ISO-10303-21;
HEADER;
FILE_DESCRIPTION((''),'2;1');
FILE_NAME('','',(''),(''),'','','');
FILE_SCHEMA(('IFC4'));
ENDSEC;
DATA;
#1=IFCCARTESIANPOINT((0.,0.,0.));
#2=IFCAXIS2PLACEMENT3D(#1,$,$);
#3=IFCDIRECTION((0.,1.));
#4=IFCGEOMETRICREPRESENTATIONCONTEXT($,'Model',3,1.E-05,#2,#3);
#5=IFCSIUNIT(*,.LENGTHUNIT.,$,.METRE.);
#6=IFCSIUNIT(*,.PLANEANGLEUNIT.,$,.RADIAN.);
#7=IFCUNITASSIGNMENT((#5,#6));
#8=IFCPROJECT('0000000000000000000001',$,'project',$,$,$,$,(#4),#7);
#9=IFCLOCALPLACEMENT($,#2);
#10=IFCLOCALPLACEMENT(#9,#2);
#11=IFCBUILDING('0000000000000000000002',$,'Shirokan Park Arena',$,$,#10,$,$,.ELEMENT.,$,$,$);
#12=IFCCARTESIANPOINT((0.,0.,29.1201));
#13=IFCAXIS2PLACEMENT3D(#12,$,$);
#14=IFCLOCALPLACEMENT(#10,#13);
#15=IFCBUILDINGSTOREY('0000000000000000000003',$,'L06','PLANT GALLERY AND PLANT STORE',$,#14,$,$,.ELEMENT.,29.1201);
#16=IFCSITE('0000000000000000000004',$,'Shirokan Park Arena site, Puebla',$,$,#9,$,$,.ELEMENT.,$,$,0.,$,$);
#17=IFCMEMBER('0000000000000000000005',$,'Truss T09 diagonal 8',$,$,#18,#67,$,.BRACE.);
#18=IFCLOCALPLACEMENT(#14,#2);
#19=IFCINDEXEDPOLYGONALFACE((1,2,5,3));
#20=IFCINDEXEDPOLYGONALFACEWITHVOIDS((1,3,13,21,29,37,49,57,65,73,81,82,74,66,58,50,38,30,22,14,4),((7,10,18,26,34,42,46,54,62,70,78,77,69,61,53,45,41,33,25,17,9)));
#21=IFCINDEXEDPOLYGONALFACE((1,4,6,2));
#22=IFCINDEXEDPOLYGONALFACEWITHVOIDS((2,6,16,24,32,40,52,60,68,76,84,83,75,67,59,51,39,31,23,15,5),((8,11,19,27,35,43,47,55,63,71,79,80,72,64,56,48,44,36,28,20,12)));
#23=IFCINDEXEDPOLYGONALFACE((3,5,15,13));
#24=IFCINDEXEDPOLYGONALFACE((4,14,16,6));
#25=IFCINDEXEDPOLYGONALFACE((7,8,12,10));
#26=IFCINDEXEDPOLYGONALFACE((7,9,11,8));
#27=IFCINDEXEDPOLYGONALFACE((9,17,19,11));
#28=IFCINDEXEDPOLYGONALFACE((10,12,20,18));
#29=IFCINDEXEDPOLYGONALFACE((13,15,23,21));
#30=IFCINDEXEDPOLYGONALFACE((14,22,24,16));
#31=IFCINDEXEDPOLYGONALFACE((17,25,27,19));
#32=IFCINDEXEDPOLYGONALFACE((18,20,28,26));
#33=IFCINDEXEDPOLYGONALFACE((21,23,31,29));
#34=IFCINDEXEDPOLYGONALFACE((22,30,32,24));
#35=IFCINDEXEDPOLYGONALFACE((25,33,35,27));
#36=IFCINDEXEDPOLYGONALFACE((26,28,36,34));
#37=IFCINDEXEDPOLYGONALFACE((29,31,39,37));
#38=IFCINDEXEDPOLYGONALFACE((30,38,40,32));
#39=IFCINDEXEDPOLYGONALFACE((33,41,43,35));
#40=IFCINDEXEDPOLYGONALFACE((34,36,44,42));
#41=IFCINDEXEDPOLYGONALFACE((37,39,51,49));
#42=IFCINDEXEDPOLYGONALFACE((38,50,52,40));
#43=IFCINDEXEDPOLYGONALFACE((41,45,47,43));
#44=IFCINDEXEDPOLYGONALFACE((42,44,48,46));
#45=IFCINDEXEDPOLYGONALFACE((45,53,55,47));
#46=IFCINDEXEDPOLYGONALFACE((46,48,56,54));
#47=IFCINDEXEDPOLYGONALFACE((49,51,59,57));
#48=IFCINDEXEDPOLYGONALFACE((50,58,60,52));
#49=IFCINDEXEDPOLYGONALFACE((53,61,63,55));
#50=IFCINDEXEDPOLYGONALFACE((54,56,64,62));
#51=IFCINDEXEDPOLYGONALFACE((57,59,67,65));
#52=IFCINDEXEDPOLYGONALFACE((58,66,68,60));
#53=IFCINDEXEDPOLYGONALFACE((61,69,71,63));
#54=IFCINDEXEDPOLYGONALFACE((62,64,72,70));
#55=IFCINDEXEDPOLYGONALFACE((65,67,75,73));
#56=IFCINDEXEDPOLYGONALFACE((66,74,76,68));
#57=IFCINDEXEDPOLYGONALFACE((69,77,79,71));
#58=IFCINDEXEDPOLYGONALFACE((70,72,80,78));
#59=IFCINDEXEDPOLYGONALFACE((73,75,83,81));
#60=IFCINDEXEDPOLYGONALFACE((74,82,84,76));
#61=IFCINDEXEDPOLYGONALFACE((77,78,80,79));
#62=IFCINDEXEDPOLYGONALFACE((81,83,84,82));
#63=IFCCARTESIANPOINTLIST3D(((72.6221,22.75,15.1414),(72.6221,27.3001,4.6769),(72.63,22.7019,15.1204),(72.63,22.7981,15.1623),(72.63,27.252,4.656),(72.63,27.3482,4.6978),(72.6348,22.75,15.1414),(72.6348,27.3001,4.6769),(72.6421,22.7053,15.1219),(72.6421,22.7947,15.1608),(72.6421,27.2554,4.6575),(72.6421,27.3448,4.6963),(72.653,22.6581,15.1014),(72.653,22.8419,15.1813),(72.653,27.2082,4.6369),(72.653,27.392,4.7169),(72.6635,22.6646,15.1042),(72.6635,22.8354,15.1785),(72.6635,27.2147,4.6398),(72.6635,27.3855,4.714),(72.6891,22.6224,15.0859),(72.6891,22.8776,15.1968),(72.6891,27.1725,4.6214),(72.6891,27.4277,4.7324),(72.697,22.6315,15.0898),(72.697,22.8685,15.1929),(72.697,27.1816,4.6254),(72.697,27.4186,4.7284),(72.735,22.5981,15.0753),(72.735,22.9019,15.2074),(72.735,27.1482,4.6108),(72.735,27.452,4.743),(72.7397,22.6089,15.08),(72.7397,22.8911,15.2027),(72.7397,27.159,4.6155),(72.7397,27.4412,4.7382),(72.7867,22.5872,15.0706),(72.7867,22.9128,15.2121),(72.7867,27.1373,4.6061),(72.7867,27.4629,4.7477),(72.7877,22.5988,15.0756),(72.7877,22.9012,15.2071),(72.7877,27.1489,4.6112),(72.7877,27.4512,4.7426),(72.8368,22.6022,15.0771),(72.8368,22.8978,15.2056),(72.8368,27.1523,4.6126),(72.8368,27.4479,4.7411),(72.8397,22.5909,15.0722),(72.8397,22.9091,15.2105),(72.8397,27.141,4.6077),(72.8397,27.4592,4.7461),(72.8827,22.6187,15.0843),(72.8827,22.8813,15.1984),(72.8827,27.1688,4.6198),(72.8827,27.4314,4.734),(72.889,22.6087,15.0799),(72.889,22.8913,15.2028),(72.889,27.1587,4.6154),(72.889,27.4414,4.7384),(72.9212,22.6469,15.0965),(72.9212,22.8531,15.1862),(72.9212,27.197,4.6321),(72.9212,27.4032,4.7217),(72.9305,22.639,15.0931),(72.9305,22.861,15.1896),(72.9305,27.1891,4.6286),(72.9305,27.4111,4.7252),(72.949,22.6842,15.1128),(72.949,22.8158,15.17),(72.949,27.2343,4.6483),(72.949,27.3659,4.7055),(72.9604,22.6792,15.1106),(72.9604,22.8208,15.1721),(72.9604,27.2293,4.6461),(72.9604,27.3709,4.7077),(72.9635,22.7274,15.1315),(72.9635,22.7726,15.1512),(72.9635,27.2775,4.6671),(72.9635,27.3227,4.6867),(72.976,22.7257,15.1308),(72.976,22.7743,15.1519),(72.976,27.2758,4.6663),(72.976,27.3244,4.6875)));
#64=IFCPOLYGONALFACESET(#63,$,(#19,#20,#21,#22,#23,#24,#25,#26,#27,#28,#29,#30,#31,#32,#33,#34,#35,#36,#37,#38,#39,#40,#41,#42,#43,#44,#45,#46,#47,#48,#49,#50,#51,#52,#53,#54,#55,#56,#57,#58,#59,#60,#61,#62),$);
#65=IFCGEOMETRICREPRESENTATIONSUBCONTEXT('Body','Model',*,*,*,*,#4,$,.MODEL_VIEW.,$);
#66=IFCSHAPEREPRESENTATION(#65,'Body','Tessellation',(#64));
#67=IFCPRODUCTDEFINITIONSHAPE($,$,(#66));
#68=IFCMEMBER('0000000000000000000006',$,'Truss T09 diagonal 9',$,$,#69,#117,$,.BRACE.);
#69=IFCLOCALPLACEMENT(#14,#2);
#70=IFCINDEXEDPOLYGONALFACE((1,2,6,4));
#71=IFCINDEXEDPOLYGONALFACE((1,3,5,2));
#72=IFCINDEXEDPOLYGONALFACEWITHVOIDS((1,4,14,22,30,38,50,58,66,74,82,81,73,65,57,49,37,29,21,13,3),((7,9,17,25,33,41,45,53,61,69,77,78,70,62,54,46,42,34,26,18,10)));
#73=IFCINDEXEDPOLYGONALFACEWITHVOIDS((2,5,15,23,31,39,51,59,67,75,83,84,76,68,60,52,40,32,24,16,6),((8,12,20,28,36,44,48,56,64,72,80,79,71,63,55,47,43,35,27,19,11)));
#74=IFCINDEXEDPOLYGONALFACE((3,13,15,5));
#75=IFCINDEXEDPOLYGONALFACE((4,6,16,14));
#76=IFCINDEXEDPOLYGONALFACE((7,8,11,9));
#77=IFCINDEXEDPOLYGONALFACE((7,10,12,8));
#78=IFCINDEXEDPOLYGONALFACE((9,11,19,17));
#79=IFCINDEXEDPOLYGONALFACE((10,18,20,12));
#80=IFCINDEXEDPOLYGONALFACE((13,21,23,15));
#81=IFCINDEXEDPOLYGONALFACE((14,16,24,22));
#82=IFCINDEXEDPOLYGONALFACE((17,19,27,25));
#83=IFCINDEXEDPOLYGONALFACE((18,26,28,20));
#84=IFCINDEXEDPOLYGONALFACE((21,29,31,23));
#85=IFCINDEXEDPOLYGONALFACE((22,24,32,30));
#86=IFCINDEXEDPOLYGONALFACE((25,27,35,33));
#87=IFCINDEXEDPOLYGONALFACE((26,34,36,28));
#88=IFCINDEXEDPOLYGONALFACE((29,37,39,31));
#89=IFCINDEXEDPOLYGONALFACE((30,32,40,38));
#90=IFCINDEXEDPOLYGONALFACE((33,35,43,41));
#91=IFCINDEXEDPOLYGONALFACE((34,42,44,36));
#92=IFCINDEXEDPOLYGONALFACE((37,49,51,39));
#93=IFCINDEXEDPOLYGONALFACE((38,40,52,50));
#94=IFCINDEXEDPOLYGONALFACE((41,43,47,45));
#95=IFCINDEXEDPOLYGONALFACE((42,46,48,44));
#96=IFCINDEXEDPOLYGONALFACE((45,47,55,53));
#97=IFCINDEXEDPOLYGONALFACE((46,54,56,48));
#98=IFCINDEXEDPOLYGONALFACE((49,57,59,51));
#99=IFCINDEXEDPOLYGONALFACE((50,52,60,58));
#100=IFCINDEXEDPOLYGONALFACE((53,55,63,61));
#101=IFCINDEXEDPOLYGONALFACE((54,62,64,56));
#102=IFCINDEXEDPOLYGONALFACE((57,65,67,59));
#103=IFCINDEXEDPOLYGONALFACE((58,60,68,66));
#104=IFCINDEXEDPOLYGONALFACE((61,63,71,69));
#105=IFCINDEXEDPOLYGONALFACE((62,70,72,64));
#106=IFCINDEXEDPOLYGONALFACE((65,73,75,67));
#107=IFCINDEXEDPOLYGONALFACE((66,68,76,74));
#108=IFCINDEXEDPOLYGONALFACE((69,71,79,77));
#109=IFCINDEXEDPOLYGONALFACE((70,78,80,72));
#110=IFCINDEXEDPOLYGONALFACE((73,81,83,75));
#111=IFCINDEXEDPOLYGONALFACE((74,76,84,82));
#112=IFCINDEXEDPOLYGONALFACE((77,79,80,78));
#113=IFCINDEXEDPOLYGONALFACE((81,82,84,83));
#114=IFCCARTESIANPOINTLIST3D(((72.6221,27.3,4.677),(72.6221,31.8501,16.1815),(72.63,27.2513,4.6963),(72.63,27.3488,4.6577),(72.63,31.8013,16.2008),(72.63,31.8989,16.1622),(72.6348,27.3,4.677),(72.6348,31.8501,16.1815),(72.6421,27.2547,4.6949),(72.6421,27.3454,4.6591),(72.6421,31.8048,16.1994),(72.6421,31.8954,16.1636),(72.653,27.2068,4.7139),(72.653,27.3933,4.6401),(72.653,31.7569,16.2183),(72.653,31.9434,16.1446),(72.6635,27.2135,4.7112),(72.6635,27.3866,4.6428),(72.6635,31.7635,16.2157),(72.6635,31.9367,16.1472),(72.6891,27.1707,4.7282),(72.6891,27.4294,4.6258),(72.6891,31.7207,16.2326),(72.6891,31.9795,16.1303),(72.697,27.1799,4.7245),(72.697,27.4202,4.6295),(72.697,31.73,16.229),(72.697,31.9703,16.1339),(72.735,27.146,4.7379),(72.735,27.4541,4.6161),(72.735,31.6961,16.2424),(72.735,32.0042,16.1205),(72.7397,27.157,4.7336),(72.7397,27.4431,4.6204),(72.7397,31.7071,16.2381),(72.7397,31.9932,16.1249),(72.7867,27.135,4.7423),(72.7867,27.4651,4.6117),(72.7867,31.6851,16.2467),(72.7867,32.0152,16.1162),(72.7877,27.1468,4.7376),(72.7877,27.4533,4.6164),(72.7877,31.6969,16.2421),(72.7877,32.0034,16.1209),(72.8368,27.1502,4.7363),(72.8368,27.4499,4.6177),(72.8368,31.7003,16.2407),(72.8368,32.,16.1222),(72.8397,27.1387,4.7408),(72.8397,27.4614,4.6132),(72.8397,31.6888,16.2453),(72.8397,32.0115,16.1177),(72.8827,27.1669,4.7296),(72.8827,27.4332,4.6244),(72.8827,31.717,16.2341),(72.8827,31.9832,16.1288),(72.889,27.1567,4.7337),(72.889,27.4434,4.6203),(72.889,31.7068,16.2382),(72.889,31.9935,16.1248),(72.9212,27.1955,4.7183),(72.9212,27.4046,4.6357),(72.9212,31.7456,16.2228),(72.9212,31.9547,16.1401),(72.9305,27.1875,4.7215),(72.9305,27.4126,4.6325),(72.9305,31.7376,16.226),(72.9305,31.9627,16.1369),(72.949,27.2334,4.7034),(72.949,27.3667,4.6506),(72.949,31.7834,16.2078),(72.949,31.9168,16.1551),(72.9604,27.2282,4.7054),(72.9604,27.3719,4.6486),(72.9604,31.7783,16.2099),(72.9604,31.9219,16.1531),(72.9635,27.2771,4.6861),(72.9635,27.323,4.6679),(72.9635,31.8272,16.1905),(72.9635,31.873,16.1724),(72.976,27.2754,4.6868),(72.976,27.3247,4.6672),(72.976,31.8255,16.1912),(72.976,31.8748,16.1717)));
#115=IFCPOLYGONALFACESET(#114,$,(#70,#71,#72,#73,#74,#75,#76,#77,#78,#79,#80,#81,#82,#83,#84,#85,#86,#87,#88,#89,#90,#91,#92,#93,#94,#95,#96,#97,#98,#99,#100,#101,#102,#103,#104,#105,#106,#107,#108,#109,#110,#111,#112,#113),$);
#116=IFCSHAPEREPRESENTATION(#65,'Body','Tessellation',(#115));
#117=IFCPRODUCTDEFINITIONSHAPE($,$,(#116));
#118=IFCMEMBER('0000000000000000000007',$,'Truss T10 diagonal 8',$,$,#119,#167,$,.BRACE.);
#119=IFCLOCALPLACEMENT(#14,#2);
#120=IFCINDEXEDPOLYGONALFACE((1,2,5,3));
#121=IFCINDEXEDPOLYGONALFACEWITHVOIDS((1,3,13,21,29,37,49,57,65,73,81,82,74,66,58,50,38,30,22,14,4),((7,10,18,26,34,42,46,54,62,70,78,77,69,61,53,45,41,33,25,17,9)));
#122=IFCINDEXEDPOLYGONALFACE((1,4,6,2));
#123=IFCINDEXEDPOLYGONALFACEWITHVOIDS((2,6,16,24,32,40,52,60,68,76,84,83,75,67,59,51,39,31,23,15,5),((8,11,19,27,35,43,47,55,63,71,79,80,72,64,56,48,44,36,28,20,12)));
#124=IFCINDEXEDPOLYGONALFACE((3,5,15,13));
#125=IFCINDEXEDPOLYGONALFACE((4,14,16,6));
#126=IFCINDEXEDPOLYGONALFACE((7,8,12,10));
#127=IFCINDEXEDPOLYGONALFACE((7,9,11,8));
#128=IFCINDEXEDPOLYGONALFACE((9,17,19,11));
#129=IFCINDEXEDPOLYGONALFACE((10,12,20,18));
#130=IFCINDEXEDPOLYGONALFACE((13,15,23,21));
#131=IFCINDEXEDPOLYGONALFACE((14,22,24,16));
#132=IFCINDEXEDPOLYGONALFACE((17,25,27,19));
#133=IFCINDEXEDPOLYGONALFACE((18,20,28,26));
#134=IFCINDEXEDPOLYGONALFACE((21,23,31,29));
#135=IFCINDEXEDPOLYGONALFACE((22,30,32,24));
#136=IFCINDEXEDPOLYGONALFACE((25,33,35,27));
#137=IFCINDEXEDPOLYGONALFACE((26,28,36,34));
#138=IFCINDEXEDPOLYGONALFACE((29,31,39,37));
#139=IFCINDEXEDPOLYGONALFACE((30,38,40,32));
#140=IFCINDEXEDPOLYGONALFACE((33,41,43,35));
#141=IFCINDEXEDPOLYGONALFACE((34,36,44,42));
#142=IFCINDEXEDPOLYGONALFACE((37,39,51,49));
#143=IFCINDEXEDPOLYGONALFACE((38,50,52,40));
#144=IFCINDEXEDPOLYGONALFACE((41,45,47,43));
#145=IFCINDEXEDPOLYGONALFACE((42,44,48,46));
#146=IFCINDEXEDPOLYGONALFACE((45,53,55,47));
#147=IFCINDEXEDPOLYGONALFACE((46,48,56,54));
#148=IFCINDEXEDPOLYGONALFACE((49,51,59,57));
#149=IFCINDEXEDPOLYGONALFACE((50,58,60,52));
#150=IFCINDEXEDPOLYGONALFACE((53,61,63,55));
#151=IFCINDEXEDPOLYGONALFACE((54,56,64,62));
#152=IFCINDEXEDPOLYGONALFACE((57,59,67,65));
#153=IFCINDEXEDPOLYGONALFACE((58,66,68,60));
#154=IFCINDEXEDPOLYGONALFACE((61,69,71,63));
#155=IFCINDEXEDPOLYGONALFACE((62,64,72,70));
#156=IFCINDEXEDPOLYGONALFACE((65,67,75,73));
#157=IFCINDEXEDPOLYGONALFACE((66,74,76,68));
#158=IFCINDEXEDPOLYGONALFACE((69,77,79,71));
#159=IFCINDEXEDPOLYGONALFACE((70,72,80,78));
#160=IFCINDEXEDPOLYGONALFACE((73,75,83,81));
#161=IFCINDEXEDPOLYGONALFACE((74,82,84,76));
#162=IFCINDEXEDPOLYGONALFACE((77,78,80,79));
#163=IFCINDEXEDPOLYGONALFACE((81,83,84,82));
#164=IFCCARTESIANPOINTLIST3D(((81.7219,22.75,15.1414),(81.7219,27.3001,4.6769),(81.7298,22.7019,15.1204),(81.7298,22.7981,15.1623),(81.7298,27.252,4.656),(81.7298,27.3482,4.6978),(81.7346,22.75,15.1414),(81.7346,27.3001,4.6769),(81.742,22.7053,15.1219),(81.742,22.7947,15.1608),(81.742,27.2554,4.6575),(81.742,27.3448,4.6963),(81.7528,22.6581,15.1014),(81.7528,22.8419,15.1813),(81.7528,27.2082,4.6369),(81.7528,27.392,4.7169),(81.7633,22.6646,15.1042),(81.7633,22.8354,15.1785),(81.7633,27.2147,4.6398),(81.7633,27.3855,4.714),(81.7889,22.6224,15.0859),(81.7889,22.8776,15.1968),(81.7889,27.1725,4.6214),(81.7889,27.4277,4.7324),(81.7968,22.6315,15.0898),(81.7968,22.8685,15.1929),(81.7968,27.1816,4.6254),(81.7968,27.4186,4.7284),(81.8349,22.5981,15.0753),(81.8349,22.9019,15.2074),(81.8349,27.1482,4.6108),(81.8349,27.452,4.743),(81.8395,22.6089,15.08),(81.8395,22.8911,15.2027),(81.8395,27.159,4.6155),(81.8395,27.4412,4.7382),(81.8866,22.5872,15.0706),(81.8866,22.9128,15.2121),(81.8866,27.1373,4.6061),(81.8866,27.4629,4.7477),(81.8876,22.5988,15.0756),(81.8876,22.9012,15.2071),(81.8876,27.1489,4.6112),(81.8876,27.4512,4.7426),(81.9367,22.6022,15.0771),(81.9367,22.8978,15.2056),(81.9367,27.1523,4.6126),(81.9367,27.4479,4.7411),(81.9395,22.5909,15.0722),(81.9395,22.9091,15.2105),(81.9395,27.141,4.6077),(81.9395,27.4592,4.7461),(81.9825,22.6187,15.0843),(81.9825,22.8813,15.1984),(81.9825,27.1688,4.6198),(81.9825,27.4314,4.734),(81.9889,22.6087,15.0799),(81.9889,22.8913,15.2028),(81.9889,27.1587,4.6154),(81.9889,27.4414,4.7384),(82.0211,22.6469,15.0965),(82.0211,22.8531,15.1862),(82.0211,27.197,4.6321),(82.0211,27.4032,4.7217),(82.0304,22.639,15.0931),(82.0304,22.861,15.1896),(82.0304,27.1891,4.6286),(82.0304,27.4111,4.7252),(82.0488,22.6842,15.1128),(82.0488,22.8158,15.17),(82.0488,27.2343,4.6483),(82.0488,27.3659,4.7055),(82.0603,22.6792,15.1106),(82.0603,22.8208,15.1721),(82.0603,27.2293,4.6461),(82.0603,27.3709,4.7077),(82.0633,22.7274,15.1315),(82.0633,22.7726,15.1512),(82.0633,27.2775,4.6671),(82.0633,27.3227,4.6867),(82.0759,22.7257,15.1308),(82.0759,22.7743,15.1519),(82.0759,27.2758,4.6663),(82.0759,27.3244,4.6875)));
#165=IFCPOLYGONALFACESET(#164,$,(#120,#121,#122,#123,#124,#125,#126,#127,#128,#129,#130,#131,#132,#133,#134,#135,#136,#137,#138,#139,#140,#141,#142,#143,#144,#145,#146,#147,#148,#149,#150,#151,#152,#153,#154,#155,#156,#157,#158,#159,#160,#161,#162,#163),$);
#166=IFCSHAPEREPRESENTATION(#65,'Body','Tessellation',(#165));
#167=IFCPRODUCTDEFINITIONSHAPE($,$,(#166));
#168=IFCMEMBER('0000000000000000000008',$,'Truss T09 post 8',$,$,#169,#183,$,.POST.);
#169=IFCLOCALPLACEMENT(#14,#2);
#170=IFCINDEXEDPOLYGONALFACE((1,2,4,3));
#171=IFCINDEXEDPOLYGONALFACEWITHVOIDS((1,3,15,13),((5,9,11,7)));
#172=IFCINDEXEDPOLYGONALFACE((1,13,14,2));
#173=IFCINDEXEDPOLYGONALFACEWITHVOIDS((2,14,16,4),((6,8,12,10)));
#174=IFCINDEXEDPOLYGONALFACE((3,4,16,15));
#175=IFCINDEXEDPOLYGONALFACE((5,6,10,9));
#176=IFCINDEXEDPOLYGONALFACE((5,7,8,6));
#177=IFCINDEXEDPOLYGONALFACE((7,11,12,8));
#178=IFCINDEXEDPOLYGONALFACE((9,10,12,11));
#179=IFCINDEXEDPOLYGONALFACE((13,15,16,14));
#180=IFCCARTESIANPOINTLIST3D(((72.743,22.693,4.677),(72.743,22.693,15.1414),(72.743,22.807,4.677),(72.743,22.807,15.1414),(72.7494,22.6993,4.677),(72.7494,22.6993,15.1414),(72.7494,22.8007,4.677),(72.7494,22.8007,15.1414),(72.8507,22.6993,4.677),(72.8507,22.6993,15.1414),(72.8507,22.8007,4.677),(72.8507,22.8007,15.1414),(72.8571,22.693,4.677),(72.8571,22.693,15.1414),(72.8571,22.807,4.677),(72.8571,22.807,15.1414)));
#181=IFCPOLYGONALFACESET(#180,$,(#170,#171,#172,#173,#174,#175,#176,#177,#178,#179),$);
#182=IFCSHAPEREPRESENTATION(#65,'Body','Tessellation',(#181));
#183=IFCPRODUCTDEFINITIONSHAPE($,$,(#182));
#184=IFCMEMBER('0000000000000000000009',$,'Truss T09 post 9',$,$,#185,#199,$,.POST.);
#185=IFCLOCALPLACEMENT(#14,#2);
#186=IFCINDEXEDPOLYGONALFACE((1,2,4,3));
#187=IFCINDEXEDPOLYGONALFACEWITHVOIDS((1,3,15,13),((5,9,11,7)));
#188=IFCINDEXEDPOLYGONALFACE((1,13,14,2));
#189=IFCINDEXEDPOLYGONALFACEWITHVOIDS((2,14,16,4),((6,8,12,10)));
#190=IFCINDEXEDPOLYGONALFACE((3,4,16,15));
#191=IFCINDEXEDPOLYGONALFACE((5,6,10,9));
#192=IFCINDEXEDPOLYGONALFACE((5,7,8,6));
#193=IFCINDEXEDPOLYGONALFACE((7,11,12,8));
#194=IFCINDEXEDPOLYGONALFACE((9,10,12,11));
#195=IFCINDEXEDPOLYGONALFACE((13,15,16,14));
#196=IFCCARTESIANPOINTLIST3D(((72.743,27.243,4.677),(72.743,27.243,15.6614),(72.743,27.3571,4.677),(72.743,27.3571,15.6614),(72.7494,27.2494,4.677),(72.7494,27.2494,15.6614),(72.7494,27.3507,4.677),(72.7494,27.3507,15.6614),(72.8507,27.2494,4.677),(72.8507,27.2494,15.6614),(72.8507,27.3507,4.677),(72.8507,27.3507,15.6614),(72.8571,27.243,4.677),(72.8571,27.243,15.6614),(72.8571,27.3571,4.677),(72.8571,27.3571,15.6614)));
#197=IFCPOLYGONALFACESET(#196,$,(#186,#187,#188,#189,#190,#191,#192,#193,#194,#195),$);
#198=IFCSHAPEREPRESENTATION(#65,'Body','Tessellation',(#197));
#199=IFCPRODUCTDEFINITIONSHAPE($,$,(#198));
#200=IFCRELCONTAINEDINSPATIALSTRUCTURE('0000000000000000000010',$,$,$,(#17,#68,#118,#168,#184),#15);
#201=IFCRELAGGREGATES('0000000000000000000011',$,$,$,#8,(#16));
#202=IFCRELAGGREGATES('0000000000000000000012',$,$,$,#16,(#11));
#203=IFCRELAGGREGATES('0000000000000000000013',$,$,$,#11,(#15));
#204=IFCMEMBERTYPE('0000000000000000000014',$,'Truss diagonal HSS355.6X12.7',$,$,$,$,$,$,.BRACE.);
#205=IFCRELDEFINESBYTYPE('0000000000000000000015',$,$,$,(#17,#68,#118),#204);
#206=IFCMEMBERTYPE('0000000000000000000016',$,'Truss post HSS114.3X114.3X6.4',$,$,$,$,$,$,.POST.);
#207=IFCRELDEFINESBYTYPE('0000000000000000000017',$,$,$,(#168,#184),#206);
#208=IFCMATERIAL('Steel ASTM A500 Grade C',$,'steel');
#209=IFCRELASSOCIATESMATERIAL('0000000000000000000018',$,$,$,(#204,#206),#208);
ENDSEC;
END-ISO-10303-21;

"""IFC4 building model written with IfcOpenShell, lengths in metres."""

from ifc_helpers import new_model, si_unit, direction, frame, origin, origin_2d, place, context, subcontext, project, spatial, hollow_rectangle, hollow_circle, extrude, material, material_profile, profile_set, type_object, element, save


model = new_model("IFC4")

# Units and contexts
model_context = context("Model", 3, precision=1e-05, world=origin(), true_north=direction((0.0, 1.0)))
body_context = subcontext(model_context, "Body", "Model", "MODEL_VIEW")
ifc_project = project(units=[si_unit("LENGTHUNIT", "METRE"), si_unit("PLANEANGLEUNIT", "RADIAN")], contexts=[model_context])

# Site, building, storey
site_placement = place(None, origin())
site = spatial("IfcSite", under=ifc_project, at=site_placement, Name="Shirokan Park Arena site, Puebla", CompositionType="ELEMENT", RefElevation=0.0)
building_placement = place(site_placement, origin())
building = spatial("IfcBuilding", under=site, at=building_placement, Name="Shirokan Park Arena", CompositionType="ELEMENT")
storey_placement = place(building_placement, frame((0.0, 0.0, 29.1201)))
storey = spatial("IfcBuildingStorey", under=building, at=storey_placement, Name="L06", Description="PLANT GALLERY AND PLANT STORE", CompositionType="ELEMENT", Elevation=29.1201)

# Members
ifc_material_1 = material(Name="Steel ASTM A500 Grade C", Category="steel")
ifc_material_profile_1 = material_profile(ifc_material_1, hollow_circle(Radius=0.178, WallThickness=0.0127, at=origin_2d()), Name="HSS355.6X12.7")
ifc_profile_set_1 = profile_set([ifc_material_profile_1], Name="Steel ASTM A500 Grade C")
member_type_1 = type_object("IfcMemberType", Name="Truss diagonal HSS355.6X12.7", PredefinedType="BRACE", material=ifc_profile_set_1)
member_1_placement = place(storey_placement, frame((72.8, 22.75, 15.1414), z_axis=(0.0, 0.39875, -0.91706), x_axis=(-1.0, 0.0, 0.0)))
element("IfcMember", 1, at=member_1_placement, inside=storey, type_object=member_type_1, Name="Truss T09 diagonal 8", PredefinedType="BRACE", context=body_context, shape_type="SweptSolid", body=[
    extrude(hollow_circle(Radius=0.178, WallThickness=0.0127, at=origin_2d()), origin(), (0.0, 0.0, 1.0), 11.4109),
])
member_2_placement = place(storey_placement, frame((72.8, 27.3, 4.677), z_axis=(0.0, 0.367785, 0.929911), x_axis=(-1.0, 0.0, 0.0)))
element("IfcMember", 2, at=member_2_placement, inside=storey, type_object=member_type_1, Name="Truss T09 diagonal 9", PredefinedType="BRACE", context=body_context, shape_type="SweptSolid", body=[
    extrude(hollow_circle(Radius=0.178, WallThickness=0.0127, at=origin_2d()), origin(), (0.0, 0.0, 1.0), 12.3716),
])
member_3_placement = place(storey_placement, frame((81.8999, 22.75, 15.1414), z_axis=(0.0, 0.39875, -0.91706), x_axis=(-1.0, 0.0, 0.0)))
element("IfcMember", 3, at=member_3_placement, inside=storey, type_object=member_type_1, Name="Truss T10 diagonal 8", PredefinedType="BRACE", context=body_context, shape_type="SweptSolid", body=[
    extrude(hollow_circle(Radius=0.178, WallThickness=0.0127, at=origin_2d()), origin(), (0.0, 0.0, 1.0), 11.4109),
])
ifc_material_profile_2 = material_profile(ifc_material_1, hollow_rectangle(XDim=0.114, YDim=0.114, WallThickness=0.0063, at=origin_2d()), Name="HSS114.3X114.3X6.4")
ifc_profile_set_2 = profile_set([ifc_material_profile_2], Name="Steel ASTM A500 Grade C")
member_type_2 = type_object("IfcMemberType", Name="Truss post HSS114.3X114.3X6.4", PredefinedType="POST", material=ifc_profile_set_2)
member_4_placement = place(storey_placement, frame((72.8, 22.75, 4.677), z_axis=(0.0, 0.0, 1.0), x_axis=(1.0, 0.0, 0.0)))
element("IfcMember", 4, at=member_4_placement, inside=storey, type_object=member_type_2, Name="Truss T09 post 8", PredefinedType="POST", context=body_context, shape_type="SweptSolid", body=[
    extrude(hollow_rectangle(XDim=0.114, YDim=0.114, WallThickness=0.0063, at=origin_2d()), origin(), (0.0, 0.0, 1.0), 10.4644),
])
member_5_placement = place(storey_placement, frame((72.8, 27.3, 4.677), z_axis=(0.0, 0.0, 1.0), x_axis=(1.0, 0.0, 0.0)))
element("IfcMember", 5, at=member_5_placement, inside=storey, type_object=member_type_2, Name="Truss T09 post 9", PredefinedType="POST", context=body_context, shape_type="SweptSolid", body=[
    extrude(hollow_rectangle(XDim=0.114, YDim=0.114, WallThickness=0.0063, at=origin_2d()), origin(), (0.0, 0.0, 1.0), 10.9844),
])

save(model, "model.ifc")
